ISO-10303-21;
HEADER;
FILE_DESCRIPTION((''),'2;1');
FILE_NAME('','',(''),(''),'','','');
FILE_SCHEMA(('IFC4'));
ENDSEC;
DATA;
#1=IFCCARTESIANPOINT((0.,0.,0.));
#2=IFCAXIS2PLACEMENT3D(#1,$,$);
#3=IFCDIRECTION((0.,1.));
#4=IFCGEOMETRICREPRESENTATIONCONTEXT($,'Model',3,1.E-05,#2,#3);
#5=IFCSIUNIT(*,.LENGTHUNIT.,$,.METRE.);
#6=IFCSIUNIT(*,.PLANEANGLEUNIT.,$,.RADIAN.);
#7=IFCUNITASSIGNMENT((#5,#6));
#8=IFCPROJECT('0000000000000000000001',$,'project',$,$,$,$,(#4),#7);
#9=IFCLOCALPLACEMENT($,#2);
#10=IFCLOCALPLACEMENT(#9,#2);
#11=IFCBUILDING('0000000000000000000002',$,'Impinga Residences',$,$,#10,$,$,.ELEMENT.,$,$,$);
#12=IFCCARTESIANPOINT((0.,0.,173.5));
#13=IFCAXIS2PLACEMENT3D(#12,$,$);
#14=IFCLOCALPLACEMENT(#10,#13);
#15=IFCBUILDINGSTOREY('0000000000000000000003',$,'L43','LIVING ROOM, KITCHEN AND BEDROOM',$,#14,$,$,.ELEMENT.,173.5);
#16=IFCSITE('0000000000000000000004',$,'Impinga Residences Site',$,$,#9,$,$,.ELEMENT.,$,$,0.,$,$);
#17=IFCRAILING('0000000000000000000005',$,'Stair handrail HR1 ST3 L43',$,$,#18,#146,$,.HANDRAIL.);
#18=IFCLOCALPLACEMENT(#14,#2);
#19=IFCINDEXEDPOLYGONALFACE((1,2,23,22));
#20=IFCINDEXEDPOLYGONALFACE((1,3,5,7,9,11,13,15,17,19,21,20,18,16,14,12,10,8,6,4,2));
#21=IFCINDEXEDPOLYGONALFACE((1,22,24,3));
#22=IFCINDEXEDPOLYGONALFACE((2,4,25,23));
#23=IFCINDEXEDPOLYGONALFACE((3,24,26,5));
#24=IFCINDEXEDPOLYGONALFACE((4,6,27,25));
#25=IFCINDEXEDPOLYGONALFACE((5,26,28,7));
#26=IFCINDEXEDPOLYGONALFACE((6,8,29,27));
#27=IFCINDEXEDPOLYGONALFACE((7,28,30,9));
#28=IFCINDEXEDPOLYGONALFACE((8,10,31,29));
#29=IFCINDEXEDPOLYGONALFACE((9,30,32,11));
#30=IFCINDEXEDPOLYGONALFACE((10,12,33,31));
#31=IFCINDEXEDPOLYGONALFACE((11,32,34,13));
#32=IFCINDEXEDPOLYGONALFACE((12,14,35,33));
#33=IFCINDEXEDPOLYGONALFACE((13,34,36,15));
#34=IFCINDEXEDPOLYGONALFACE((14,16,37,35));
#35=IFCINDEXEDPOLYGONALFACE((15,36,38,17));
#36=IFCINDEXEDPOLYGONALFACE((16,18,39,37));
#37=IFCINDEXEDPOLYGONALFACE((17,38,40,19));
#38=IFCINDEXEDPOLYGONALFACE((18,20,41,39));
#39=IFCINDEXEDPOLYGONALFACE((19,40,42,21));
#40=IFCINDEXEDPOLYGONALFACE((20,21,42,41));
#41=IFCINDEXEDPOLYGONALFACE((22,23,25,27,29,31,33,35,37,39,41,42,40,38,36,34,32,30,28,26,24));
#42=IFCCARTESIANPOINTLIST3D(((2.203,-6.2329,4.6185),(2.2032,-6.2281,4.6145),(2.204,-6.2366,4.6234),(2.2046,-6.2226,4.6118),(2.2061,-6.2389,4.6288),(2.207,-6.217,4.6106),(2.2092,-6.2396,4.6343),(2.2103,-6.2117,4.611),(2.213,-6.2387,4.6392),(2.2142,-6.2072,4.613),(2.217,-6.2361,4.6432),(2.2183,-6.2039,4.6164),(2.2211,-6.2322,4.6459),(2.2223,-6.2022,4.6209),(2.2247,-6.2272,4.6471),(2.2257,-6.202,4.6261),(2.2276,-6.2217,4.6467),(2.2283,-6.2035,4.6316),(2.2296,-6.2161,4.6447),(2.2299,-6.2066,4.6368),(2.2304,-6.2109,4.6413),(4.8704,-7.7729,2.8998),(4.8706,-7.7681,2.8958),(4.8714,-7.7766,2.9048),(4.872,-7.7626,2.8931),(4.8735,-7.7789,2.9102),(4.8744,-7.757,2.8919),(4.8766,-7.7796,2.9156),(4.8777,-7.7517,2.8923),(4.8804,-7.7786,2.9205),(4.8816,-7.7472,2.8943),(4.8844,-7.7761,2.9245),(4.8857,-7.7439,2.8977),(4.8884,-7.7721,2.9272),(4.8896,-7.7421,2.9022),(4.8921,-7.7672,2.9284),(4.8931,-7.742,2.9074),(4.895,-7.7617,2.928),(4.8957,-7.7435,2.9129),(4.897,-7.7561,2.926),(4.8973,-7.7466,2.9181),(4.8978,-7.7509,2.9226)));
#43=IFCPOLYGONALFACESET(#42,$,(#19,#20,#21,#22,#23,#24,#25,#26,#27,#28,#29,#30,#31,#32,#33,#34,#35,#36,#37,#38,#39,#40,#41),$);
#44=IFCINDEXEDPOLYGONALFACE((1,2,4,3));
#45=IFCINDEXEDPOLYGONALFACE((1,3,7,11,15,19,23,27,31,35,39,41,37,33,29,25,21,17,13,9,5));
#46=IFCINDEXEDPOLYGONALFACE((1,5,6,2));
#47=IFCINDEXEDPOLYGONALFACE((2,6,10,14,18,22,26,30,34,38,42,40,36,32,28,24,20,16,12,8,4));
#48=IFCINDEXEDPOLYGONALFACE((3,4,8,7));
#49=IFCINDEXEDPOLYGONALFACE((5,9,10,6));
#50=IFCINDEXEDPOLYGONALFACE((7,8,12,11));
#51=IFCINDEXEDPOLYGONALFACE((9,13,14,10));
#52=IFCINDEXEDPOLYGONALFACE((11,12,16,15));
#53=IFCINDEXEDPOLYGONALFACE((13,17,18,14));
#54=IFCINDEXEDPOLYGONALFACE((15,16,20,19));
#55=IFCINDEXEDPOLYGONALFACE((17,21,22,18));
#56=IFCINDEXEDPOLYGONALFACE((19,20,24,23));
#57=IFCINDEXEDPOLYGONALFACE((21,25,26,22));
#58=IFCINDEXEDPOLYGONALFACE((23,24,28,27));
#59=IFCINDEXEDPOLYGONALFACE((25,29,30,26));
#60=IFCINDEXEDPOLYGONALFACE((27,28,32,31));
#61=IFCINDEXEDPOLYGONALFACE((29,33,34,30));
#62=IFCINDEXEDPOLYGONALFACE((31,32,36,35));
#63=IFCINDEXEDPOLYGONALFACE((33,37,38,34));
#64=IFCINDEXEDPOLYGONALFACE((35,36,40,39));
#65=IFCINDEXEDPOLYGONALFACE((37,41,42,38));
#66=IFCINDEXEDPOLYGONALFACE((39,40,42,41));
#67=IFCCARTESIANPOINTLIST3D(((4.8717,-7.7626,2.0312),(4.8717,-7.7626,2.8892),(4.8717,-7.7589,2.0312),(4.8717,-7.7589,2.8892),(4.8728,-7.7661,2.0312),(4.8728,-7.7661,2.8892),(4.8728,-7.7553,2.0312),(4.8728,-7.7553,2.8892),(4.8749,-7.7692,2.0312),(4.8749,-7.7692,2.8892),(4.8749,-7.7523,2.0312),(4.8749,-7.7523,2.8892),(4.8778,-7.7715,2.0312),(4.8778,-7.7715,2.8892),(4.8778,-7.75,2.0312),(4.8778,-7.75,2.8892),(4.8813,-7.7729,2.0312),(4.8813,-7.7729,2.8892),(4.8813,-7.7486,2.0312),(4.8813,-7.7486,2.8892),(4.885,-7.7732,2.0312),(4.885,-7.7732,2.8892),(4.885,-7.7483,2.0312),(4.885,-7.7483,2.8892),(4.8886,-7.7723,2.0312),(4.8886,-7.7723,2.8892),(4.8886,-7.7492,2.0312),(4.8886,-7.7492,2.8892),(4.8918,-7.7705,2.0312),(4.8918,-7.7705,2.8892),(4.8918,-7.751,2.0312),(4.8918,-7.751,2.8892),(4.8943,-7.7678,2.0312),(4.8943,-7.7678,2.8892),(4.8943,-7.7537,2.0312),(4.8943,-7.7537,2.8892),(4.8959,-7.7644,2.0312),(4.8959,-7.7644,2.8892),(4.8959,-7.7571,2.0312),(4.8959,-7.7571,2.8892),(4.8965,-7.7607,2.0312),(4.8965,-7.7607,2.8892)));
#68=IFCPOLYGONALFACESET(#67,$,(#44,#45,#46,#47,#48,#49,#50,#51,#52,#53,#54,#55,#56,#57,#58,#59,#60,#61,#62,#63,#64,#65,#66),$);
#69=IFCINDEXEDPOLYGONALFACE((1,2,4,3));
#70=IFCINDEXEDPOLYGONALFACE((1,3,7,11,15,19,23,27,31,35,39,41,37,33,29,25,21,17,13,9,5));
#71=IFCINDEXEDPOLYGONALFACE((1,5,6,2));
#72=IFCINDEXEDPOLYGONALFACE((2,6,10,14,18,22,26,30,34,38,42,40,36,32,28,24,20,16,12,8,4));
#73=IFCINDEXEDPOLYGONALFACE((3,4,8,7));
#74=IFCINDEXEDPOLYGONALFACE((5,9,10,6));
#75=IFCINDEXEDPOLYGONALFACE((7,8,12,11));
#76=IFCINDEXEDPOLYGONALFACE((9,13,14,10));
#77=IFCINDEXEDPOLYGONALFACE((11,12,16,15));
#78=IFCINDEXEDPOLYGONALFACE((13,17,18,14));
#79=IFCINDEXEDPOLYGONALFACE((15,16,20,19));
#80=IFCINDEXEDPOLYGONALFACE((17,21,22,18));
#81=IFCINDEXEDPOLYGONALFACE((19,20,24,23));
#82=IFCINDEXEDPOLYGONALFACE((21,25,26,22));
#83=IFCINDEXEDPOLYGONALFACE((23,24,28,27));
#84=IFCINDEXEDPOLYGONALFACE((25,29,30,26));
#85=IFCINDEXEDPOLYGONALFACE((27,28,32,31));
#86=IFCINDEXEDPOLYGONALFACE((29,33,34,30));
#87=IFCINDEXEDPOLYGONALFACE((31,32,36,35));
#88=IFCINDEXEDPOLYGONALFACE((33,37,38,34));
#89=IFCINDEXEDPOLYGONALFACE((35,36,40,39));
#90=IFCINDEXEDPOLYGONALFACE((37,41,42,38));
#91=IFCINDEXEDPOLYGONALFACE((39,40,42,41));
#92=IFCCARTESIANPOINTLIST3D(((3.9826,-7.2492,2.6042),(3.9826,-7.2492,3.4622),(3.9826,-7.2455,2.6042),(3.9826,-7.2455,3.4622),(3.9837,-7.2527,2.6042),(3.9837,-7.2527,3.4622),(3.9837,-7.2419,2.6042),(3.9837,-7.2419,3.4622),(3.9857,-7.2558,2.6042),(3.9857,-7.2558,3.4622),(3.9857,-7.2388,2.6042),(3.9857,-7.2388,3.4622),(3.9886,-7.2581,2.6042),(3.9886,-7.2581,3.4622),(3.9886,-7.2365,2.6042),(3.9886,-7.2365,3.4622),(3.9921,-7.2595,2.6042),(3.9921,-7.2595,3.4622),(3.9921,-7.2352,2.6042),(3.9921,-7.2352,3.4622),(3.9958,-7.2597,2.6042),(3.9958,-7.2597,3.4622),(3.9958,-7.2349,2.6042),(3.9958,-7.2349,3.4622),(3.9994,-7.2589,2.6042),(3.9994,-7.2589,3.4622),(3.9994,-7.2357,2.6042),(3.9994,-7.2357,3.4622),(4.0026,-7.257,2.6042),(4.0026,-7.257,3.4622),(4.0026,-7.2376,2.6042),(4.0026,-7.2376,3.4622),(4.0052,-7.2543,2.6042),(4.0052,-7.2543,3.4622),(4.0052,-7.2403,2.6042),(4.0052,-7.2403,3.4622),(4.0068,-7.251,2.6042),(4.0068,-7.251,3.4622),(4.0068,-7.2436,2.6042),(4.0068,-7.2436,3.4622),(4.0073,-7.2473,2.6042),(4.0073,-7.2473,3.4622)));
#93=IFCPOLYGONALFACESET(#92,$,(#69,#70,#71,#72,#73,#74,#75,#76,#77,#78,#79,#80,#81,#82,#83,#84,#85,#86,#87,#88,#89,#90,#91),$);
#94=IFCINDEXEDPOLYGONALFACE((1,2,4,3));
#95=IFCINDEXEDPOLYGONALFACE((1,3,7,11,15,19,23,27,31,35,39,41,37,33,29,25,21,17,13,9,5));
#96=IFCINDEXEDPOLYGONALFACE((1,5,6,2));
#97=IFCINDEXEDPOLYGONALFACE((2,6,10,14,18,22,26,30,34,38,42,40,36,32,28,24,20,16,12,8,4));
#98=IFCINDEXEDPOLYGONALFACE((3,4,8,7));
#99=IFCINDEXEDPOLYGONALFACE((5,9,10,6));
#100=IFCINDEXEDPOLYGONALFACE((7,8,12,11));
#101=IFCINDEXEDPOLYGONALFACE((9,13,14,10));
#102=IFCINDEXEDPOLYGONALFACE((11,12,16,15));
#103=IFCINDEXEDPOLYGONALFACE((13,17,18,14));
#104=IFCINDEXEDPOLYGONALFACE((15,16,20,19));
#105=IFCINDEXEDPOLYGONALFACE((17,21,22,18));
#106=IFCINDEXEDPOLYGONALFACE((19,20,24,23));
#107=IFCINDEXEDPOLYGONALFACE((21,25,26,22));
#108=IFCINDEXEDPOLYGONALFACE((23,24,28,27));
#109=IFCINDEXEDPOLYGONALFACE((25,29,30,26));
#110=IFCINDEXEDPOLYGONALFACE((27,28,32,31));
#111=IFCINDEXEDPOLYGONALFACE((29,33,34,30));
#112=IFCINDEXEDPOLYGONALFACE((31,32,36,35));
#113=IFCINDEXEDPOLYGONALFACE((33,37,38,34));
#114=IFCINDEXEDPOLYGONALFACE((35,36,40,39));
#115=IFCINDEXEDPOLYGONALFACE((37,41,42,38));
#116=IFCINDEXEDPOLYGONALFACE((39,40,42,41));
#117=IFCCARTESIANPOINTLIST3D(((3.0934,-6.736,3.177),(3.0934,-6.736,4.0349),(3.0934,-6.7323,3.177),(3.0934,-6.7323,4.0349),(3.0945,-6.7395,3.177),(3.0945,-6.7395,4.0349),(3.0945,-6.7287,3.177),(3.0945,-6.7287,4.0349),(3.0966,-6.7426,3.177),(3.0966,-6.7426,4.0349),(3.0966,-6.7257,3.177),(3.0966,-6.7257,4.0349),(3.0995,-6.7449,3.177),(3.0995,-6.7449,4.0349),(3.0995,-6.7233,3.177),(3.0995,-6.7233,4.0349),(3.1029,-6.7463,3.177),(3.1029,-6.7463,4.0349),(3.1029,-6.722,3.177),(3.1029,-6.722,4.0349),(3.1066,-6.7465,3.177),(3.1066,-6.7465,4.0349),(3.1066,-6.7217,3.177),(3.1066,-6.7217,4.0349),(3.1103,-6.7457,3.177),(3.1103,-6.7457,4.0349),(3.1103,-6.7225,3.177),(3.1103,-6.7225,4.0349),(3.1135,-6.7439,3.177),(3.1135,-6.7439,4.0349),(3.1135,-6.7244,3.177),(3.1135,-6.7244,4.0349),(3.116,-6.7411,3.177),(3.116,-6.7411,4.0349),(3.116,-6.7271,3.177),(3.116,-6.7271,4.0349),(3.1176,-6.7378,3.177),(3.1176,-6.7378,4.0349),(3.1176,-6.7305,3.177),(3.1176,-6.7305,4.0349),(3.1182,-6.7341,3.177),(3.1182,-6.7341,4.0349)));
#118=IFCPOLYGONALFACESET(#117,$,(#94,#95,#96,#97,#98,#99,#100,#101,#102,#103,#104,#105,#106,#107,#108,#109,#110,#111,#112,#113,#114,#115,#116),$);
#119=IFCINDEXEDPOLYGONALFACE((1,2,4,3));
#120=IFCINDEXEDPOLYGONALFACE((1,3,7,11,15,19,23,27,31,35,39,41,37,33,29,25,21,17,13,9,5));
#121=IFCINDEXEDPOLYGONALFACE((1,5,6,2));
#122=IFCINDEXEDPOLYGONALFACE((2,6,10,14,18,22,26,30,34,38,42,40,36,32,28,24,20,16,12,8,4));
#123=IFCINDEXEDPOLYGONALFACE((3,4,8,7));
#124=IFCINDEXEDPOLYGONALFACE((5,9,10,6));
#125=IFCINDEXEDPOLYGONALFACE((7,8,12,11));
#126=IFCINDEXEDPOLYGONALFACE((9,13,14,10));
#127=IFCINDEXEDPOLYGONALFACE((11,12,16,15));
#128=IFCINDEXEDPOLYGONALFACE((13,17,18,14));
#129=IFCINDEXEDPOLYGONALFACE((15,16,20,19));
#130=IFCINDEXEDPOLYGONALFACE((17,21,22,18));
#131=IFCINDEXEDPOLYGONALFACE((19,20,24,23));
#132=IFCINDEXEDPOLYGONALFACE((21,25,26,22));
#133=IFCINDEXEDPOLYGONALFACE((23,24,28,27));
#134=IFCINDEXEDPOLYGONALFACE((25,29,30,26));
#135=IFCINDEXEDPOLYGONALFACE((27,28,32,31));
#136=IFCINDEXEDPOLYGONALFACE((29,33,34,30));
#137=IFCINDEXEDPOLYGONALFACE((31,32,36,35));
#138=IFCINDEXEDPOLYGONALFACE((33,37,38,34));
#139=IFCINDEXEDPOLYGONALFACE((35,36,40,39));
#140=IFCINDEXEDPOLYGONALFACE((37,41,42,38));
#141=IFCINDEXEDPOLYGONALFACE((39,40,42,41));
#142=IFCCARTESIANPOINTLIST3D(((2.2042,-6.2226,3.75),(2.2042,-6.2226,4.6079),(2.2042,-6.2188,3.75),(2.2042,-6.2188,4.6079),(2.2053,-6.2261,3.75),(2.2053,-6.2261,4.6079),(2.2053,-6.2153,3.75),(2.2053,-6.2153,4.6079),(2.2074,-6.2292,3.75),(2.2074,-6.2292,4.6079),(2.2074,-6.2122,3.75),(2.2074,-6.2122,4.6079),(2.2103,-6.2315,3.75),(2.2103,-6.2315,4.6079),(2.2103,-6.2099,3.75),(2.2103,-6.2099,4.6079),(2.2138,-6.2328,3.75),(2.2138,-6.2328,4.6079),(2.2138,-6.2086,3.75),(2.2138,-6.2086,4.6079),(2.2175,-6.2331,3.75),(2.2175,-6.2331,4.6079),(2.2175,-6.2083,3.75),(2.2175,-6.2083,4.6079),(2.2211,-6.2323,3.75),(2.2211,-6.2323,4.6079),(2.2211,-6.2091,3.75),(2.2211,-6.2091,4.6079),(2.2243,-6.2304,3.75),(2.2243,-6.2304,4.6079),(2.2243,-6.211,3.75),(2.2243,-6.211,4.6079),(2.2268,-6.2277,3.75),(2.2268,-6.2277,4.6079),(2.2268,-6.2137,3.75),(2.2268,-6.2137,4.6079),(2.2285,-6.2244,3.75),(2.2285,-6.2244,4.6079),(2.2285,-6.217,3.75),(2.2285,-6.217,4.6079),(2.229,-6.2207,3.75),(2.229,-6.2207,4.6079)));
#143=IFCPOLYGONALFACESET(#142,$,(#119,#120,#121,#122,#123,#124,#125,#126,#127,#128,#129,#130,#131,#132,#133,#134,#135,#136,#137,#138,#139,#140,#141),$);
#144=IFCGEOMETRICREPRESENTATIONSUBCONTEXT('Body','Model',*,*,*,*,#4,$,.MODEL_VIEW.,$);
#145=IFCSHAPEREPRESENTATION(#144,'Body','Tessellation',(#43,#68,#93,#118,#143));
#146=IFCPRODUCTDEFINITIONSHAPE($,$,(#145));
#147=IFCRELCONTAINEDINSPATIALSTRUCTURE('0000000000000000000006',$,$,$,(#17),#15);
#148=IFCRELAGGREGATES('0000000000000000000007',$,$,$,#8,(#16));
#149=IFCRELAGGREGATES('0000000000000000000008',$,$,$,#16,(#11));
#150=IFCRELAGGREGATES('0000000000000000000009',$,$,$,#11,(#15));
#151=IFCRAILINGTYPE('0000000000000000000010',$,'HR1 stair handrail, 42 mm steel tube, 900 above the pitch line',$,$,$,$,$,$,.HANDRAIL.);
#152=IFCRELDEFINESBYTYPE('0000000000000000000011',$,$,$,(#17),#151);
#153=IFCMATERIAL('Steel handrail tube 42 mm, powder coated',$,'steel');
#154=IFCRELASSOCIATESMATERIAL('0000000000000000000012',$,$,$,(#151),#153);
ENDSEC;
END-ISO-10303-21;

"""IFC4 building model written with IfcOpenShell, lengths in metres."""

from ifc_helpers import new_model, si_unit, direction, frame, origin, origin_2d, place, context, subcontext, project, spatial, circle, extrude, material, type_object, element, save


model = new_model("IFC4")

# Units and contexts
model_context = context("Model", 3, precision=1e-05, world=origin(), true_north=direction((0.0, 1.0)))
body_context = subcontext(model_context, "Body", "Model", "MODEL_VIEW")
ifc_project = project(units=[si_unit("LENGTHUNIT", "METRE"), si_unit("PLANEANGLEUNIT", "RADIAN")], contexts=[model_context])

# Site, building, storey
site_placement = place(None, origin())
site = spatial("IfcSite", under=ifc_project, at=site_placement, Name="Impinga Residences Site", CompositionType="ELEMENT", RefElevation=0.0)
building_placement = place(site_placement, origin())
building = spatial("IfcBuilding", under=site, at=building_placement, Name="Impinga Residences", CompositionType="ELEMENT")
storey_placement = place(building_placement, frame((0.0, 0.0, 173.5)))
storey = spatial("IfcBuildingStorey", under=building, at=storey_placement, Name="L43", Description="LIVING ROOM, KITCHEN AND BEDROOM", CompositionType="ELEMENT", Elevation=173.5)

# Railing
ifc_material_1 = material(Name="Steel handrail tube 42 mm, powder coated", Category="steel")
railing_type_1 = type_object("IfcRailingType", Name="HR1 stair handrail, 42 mm steel tube, 900 above the pitch line", PredefinedType="HANDRAIL", material=ifc_material_1)
railing_1_placement = place(storey_placement, frame((4.884, -7.7607, 2.0312)))
element("IfcRailing", 1, at=railing_1_placement, inside=storey, type_object=railing_type_1, Name="Stair handrail HR1 ST3 L43", PredefinedType="HANDRAIL", context=body_context, shape_type="SweptSolid", body=[
    extrude(circle(Radius=0.021, at=origin_2d()), frame((0.0, 0.0, 0.8789), z_axis=(-0.756256, 0.436616, 0.487282), x_axis=(-0.499992, -0.86603, 0.0)), (0.0, 0.0, 1.0), 3.5271),
    extrude(circle(Radius=0.0125, at=origin_2d()), origin(), (0.0, 0.0, 1.0), 0.8579),
    extrude(circle(Radius=0.0125, at=origin_2d()), frame((-0.8892, 0.5134, 0.573)), (0.0, 0.0, 1.0), 0.8579),
    extrude(circle(Radius=0.0125, at=origin_2d()), frame((-1.7783, 1.0266, 1.1458)), (0.0, 0.0, 1.0), 0.8579),
    extrude(circle(Radius=0.0125, at=origin_2d()), frame((-2.6675, 1.54, 1.7188)), (0.0, 0.0, 1.0), 0.8579),
])

save(model, "model.ifc")
